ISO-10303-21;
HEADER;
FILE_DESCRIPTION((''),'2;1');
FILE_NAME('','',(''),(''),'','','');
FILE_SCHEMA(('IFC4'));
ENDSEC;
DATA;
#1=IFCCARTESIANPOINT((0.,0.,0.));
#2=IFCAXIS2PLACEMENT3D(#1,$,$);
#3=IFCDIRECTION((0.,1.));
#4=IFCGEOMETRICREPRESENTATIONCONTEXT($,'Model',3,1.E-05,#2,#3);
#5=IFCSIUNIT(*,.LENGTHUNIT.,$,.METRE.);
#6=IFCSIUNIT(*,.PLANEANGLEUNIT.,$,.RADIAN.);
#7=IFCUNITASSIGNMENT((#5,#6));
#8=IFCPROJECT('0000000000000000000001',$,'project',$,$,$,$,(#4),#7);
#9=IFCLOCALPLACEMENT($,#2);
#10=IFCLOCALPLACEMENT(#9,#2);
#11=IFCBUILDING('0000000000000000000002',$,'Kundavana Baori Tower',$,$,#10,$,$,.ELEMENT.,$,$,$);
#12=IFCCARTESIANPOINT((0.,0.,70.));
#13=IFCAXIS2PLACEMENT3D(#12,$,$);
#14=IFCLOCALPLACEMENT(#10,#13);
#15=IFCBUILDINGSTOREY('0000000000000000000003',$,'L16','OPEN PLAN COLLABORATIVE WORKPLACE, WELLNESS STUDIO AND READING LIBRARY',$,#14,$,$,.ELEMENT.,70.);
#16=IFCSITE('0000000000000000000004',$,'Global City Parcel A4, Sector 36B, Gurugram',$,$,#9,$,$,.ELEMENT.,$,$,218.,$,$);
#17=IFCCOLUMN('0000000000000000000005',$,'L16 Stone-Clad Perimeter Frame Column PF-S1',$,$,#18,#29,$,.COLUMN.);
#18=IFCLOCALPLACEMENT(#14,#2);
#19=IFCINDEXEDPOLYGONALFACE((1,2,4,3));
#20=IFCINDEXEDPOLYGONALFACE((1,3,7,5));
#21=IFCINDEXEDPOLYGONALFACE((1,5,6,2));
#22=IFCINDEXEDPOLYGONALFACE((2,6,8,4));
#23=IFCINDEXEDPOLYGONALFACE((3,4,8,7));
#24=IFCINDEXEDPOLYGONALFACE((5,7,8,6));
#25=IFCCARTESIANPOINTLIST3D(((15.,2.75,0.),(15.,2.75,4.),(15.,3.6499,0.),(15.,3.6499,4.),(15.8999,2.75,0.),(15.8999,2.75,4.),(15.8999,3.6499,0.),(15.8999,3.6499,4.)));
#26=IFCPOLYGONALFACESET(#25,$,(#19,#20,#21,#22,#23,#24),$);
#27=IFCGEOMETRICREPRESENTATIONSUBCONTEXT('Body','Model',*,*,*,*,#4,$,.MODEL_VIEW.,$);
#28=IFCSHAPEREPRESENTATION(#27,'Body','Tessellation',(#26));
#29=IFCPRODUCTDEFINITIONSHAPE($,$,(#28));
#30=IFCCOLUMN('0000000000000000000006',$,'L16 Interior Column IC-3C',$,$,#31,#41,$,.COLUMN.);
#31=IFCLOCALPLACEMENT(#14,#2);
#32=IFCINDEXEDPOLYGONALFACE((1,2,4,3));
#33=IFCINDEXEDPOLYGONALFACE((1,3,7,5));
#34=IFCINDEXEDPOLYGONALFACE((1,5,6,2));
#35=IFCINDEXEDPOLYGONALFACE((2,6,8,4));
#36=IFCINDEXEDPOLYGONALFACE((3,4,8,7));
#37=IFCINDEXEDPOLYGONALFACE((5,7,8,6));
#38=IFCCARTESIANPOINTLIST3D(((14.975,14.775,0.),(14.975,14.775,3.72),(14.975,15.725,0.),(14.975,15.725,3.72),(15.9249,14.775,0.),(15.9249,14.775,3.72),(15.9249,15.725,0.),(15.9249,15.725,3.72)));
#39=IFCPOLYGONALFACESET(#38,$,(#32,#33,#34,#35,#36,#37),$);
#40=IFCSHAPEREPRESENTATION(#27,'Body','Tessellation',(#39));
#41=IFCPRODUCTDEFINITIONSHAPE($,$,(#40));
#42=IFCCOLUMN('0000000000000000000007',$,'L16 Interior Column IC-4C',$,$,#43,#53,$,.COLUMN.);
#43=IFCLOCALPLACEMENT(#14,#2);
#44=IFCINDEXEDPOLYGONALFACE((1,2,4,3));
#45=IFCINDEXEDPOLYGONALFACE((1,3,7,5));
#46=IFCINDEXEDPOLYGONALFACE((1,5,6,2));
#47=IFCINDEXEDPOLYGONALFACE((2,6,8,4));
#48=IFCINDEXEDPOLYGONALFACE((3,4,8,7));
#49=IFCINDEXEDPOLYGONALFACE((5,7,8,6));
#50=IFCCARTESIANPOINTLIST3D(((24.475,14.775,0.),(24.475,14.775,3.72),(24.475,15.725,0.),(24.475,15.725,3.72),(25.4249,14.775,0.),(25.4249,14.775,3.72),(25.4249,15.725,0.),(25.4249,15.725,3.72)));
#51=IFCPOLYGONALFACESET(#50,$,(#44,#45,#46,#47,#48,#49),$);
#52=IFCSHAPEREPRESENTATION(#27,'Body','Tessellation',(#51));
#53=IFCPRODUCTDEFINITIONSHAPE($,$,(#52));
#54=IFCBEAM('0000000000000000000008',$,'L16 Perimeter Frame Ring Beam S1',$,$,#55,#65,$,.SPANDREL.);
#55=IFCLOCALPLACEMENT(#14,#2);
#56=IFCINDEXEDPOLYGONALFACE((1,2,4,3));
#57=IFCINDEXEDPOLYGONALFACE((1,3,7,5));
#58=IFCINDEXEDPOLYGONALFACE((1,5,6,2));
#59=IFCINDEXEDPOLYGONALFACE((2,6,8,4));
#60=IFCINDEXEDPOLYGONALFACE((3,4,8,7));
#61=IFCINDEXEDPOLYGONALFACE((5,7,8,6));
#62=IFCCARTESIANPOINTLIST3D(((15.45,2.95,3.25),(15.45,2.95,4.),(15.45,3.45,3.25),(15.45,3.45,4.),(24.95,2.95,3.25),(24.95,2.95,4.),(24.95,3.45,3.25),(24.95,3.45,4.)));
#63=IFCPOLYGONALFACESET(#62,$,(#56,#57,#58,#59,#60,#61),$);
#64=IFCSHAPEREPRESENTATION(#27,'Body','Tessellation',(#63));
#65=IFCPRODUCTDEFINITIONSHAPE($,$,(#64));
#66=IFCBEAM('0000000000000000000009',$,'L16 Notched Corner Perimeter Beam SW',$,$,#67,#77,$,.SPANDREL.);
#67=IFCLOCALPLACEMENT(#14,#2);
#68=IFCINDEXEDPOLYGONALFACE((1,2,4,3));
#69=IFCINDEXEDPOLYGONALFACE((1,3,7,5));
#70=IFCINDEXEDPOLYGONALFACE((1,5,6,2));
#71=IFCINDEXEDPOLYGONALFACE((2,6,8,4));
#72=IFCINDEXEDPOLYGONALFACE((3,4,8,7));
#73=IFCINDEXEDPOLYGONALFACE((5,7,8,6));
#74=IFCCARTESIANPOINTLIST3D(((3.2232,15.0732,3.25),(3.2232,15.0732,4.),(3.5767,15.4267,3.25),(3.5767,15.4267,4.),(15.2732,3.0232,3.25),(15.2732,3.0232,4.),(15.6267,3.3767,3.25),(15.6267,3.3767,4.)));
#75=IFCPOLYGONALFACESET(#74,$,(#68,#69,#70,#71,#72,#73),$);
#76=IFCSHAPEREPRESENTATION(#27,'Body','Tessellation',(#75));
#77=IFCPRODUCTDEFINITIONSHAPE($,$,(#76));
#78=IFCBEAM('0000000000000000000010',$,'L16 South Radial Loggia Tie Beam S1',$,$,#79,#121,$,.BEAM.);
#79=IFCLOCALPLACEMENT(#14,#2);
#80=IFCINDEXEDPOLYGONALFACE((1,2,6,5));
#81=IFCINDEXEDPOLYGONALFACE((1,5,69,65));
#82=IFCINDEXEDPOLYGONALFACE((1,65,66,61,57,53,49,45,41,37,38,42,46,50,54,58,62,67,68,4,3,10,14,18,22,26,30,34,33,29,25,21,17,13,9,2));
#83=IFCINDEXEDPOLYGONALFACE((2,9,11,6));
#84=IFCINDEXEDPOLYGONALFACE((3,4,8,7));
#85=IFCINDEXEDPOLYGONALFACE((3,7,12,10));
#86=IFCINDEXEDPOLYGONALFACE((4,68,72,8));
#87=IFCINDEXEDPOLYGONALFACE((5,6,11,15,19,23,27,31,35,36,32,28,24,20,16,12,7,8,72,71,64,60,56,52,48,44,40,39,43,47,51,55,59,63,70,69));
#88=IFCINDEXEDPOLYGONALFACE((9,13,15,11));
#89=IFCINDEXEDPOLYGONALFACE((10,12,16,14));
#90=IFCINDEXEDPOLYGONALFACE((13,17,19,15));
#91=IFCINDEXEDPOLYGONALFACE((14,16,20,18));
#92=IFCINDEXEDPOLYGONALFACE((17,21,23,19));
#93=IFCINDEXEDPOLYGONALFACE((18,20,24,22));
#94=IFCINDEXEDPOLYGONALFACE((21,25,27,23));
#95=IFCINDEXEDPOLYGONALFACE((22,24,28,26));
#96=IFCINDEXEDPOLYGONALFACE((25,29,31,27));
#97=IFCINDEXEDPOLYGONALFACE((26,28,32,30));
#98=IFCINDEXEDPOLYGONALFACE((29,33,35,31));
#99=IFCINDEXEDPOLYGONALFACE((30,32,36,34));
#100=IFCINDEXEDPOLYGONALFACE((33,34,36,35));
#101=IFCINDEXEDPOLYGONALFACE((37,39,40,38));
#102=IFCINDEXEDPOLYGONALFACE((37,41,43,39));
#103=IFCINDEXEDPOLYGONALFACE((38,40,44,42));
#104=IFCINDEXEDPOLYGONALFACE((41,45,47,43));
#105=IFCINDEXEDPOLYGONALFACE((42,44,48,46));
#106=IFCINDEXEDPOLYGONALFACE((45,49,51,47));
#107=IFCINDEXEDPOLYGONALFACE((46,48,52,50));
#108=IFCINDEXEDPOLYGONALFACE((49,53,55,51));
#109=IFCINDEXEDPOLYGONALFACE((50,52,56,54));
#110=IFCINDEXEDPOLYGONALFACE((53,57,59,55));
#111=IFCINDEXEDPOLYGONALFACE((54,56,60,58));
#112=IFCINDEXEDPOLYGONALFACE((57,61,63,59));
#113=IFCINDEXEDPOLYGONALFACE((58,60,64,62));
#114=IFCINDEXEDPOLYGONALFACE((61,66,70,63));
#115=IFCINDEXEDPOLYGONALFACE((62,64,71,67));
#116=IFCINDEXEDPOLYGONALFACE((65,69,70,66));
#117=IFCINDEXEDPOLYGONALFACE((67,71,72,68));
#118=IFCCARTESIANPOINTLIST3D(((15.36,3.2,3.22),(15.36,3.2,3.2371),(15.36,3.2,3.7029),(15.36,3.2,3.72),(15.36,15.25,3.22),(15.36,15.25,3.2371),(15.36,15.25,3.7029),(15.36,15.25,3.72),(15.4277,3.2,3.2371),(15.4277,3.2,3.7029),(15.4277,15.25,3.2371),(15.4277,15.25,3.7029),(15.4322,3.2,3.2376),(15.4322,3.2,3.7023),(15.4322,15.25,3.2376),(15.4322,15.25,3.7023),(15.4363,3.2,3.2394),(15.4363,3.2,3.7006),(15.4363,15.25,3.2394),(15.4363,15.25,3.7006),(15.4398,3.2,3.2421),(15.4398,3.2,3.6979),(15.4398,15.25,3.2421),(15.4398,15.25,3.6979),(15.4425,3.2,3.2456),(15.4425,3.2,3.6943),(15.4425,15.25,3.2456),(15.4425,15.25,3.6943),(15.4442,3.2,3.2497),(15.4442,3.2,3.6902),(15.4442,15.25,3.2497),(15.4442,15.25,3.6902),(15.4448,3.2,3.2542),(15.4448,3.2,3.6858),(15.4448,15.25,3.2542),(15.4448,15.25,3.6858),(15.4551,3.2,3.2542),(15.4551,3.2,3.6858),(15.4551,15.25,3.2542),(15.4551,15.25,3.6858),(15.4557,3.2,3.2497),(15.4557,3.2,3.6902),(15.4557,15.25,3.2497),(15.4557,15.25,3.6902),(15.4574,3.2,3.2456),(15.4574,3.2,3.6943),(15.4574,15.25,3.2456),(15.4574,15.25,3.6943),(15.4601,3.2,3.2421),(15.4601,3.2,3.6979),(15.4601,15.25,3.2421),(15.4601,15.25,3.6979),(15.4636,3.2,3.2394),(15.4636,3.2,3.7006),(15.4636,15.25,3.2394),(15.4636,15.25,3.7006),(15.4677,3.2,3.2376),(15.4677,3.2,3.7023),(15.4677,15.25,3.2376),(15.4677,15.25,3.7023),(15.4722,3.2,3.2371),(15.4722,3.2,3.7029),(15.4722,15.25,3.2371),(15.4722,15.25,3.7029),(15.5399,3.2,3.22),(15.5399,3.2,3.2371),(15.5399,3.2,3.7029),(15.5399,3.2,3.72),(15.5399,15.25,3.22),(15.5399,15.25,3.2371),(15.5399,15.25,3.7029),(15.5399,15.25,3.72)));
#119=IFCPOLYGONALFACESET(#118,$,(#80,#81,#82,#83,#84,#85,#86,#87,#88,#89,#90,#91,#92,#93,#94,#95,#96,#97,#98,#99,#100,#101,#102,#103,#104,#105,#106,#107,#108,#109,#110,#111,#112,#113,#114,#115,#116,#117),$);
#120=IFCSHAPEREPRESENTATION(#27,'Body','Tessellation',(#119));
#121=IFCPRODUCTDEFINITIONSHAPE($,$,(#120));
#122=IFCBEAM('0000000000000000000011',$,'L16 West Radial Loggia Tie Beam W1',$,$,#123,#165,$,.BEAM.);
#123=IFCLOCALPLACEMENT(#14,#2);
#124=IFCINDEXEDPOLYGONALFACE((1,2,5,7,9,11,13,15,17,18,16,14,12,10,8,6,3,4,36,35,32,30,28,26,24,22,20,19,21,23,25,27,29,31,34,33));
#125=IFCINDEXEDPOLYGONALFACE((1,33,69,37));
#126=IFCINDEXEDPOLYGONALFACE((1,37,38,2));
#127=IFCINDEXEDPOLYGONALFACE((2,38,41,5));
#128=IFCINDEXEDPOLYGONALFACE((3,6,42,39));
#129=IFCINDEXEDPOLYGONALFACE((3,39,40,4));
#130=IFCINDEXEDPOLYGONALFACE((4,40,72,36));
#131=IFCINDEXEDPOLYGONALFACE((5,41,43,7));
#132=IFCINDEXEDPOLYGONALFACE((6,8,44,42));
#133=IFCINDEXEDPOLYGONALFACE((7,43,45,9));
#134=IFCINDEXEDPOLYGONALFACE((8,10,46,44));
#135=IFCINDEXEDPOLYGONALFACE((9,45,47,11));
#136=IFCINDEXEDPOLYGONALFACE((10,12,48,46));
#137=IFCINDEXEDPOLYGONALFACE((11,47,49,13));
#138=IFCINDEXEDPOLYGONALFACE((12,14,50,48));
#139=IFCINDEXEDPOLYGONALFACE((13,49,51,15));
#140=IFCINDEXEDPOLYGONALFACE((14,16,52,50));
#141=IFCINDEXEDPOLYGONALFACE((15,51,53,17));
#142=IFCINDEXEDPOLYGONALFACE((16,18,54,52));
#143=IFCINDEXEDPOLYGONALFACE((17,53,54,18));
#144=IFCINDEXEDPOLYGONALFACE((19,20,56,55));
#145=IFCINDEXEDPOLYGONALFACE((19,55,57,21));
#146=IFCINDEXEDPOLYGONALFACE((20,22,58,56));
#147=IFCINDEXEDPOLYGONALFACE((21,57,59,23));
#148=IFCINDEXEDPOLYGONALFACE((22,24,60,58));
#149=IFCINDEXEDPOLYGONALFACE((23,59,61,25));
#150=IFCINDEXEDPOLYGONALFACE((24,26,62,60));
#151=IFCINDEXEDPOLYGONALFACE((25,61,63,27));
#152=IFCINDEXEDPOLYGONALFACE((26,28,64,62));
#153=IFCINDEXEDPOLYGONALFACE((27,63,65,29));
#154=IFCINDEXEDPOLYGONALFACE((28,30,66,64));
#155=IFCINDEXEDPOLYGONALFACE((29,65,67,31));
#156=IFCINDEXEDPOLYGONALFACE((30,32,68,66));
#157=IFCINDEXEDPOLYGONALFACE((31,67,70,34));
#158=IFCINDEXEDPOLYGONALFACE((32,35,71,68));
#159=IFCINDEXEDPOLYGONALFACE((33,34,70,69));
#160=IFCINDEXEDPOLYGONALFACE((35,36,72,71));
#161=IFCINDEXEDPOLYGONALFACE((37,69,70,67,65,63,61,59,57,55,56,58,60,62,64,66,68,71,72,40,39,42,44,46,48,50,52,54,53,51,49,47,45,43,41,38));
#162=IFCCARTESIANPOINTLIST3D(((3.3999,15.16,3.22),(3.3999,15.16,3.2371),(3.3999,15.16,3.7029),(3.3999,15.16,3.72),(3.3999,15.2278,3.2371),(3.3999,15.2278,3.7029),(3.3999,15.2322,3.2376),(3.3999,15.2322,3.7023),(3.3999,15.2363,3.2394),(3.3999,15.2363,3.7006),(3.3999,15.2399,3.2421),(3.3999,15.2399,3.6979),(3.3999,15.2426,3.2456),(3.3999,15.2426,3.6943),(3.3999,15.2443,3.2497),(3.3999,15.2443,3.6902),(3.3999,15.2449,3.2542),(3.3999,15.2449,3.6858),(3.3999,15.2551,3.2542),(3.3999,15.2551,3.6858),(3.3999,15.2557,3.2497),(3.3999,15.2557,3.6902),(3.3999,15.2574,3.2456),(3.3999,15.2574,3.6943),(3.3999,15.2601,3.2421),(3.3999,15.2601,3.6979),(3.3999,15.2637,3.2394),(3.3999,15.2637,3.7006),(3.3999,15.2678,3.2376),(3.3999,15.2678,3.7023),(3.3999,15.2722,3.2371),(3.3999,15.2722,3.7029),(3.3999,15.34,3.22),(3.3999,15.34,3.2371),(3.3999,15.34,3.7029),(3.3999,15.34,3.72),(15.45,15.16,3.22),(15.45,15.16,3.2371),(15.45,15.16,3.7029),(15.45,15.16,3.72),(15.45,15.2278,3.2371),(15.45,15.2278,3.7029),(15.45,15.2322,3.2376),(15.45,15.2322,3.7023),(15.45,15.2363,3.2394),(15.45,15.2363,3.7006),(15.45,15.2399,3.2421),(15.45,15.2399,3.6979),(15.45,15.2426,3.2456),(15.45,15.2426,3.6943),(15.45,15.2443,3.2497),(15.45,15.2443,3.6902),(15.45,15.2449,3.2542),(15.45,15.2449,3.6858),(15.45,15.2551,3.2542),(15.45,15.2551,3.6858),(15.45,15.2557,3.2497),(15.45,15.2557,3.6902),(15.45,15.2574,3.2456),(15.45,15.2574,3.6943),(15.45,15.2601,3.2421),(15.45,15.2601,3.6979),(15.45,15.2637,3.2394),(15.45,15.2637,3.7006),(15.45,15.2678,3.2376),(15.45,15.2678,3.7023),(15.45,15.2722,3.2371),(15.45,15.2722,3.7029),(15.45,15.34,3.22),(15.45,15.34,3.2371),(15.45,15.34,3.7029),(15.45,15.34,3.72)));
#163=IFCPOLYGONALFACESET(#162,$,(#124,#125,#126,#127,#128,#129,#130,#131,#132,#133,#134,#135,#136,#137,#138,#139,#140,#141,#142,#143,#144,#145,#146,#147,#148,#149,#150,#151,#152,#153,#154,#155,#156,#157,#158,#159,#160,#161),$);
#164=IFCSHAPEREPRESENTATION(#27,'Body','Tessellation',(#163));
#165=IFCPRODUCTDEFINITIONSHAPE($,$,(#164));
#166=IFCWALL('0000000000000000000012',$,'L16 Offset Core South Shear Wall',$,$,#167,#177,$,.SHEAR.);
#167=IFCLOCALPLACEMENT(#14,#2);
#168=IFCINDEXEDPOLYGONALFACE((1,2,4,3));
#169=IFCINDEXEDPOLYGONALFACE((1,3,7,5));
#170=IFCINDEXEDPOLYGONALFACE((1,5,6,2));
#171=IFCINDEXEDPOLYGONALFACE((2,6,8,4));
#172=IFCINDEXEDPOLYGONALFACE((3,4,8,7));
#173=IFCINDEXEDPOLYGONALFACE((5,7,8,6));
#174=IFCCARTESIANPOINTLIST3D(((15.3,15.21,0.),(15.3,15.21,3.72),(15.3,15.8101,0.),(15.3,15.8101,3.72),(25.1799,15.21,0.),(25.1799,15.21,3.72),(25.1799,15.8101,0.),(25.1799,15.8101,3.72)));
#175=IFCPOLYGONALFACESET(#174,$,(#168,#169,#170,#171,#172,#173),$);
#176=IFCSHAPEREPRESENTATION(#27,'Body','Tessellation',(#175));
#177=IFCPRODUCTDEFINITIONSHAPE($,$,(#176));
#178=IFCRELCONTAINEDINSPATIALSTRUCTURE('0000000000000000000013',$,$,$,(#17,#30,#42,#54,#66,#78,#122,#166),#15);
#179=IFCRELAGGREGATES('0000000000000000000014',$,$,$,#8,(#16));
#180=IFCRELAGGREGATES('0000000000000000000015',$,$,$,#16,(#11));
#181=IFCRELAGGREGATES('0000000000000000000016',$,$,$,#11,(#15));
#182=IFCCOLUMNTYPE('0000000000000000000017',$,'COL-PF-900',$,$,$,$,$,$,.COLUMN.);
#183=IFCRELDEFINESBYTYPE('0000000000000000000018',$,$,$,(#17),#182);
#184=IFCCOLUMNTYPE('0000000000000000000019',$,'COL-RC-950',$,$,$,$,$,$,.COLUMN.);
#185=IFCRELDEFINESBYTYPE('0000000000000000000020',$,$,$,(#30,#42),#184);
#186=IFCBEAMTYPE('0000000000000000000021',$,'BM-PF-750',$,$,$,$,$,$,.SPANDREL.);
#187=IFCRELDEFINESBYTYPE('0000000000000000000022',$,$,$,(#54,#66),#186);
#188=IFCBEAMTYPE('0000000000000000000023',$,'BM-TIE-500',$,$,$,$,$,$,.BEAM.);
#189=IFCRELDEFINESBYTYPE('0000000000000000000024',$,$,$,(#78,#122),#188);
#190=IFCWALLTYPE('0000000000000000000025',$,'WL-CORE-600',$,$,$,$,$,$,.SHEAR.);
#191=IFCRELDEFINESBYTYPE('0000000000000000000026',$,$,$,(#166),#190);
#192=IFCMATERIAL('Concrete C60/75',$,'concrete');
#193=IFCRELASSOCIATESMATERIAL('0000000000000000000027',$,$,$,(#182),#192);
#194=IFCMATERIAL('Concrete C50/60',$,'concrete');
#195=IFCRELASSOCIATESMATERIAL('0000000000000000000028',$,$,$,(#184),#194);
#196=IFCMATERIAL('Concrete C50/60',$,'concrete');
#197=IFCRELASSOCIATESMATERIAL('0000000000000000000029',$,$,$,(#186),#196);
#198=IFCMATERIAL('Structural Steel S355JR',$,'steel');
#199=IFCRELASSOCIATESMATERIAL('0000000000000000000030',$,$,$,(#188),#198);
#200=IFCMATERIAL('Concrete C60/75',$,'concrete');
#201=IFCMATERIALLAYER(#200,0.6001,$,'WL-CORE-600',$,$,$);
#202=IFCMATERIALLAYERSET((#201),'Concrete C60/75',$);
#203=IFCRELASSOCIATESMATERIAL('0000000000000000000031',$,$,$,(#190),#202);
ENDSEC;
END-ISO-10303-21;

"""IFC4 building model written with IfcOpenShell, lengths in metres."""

from ifc_helpers import new_model, si_unit, direction, frame, frame_2d, origin, origin_2d, place, context, subcontext, project, spatial, rectangle, i_section, extrude, material, layer, layer_set, material_profile, profile_set, type_object, element, save


model = new_model("IFC4")

# Units and contexts
model_context = context("Model", 3, precision=1e-05, world=origin(), true_north=direction((0.0, 1.0)))
body_context = subcontext(model_context, "Body", "Model", "MODEL_VIEW")
ifc_project = project(units=[si_unit("LENGTHUNIT", "METRE"), si_unit("PLANEANGLEUNIT", "RADIAN")], contexts=[model_context])

# Site, building, storey
site_placement = place(None, origin())
site = spatial("IfcSite", under=ifc_project, at=site_placement, Name="Global City Parcel A4, Sector 36B, Gurugram", CompositionType="ELEMENT", RefElevation=218.0)
building_placement = place(site_placement, origin())
building = spatial("IfcBuilding", under=site, at=building_placement, Name="Kundavana Baori Tower", CompositionType="ELEMENT")
storey_placement = place(building_placement, frame((0.0, 0.0, 70.0)))
storey = spatial("IfcBuildingStorey", under=building, at=storey_placement, Name="L16", Description="OPEN PLAN COLLABORATIVE WORKPLACE, WELLNESS STUDIO AND READING LIBRARY", CompositionType="ELEMENT", Elevation=70.0)

# Columns
ifc_material_1 = material(Name="Concrete C60/75", Category="concrete")
ifc_material_profile_1 = material_profile(ifc_material_1, rectangle(XDim=0.8999, YDim=0.8999, at=origin_2d()), Name="RC PF 900x900")
ifc_profile_set_1 = profile_set([ifc_material_profile_1], Name="Concrete C60/75")
column_type_1 = type_object("IfcColumnType", Name="COL-PF-900", PredefinedType="COLUMN", material=ifc_profile_set_1)
column_placement = place(storey_placement, frame((15.45, 3.2, 0.0), z_axis=(0.0, 0.0, 1.0), x_axis=(1.0, 0.0, 0.0)))
element("IfcColumn", 1, at=column_placement, inside=storey, type_object=column_type_1, Name="L16 Stone-Clad Perimeter Frame Column PF-S1", PredefinedType="COLUMN", context=body_context, shape_type="SweptSolid", body=[
    extrude(rectangle(XDim=0.8999, YDim=0.8999, at=origin_2d()), origin(), (0.0, 0.0, 1.0), 4.0),
])
ifc_material_2 = material(Name="Concrete C50/60", Category="concrete")
ifc_material_profile_2 = material_profile(ifc_material_2, rectangle(XDim=0.95, YDim=0.95, at=origin_2d()), Name="RC 950x950")
ifc_profile_set_2 = profile_set([ifc_material_profile_2], Name="Concrete C50/60")
column_type_2 = type_object("IfcColumnType", Name="COL-RC-950", PredefinedType="COLUMN", material=ifc_profile_set_2)
for number, where, z_axis, x_axis, name in (
    (2, (15.45, 15.25, 0.0), (0.0, 0.0, 1.0), (1.0, 0.0, 0.0), "L16 Interior Column IC-3C"),
    (3, (24.95, 15.25, 0.0), (0.0, 0.0, 1.0), (1.0, 0.0, 0.0), "L16 Interior Column IC-4C"),
):
    element("IfcColumn", number, at=place(storey_placement, frame(where, z_axis=z_axis, x_axis=x_axis)), inside=storey, type_object=column_type_2, Name=name, PredefinedType="COLUMN", context=body_context, shape_type="SweptSolid", body=[
        extrude(rectangle(XDim=0.95, YDim=0.95, at=origin_2d()), origin(), (0.0, 0.0, 1.0), 3.72),
    ])

# Beams
ifc_material_3 = material(Name="Concrete C50/60", Category="concrete")
ifc_material_profile_3 = material_profile(ifc_material_3, rectangle(XDim=0.5, YDim=0.75, at=origin_2d()), Name="RC BM 500x750")
ifc_profile_set_3 = profile_set([ifc_material_profile_3], Name="Concrete C50/60")
beam_type_1 = type_object("IfcBeamType", Name="BM-PF-750", PredefinedType="SPANDREL", material=ifc_profile_set_3)
beam_1_placement = place(storey_placement, frame((15.45, 3.2, 3.625), z_axis=(1.0, 0.0, 0.0), x_axis=(0.0, 1.0, 0.0)))
element("IfcBeam", 4, at=beam_1_placement, inside=storey, type_object=beam_type_1, Name="L16 Perimeter Frame Ring Beam S1", PredefinedType="SPANDREL", context=body_context, shape_type="SweptSolid", body=[
    extrude(rectangle(XDim=0.5, YDim=0.75, at=origin_2d()), origin(), (0.0, 0.0, 1.0), 9.5),
])
beam_2_placement = place(storey_placement, frame((15.45, 3.2, 3.625), z_axis=(-0.707107, 0.707107, 0.0), x_axis=(-0.707107, -0.707107, 0.0)))
element("IfcBeam", 5, at=beam_2_placement, inside=storey, type_object=beam_type_1, Name="L16 Notched Corner Perimeter Beam SW", PredefinedType="SPANDREL", context=body_context, shape_type="SweptSolid", body=[
    extrude(rectangle(XDim=0.5, YDim=0.75, at=origin_2d()), origin(), (0.0, 0.0, 1.0), 17.0413),
])
ifc_material_4 = material(Name="Structural Steel S355JR", Category="steel")
ifc_material_profile_4 = material_profile(ifc_material_4, i_section(OverallWidth=0.1799, OverallDepth=0.5, WebThickness=0.0103, FlangeThickness=0.0171, FilletRadius=0.0171, at=origin_2d()), Name="ISMB 500")
ifc_profile_set_4 = profile_set([ifc_material_profile_4], Name="Structural Steel S355JR")
beam_type_2 = type_object("IfcBeamType", Name="BM-TIE-500", PredefinedType="BEAM", material=ifc_profile_set_4)
for number, where, z_axis, x_axis, name in (
    (6, (15.45, 15.25, 3.47), (0.0, -1.0, 0.0), (1.0, 0.0, 0.0), "L16 South Radial Loggia Tie Beam S1"),
    (7, (15.45, 15.25, 3.47), (-1.0, 0.0, 0.0), (0.0, -1.0, 0.0), "L16 West Radial Loggia Tie Beam W1"),
):
    element("IfcBeam", number, at=place(storey_placement, frame(where, z_axis=z_axis, x_axis=x_axis)), inside=storey, type_object=beam_type_2, Name=name, PredefinedType="BEAM", context=body_context, shape_type="SweptSolid", body=[
        extrude(i_section(OverallWidth=0.1799, OverallDepth=0.5, WebThickness=0.0103, FlangeThickness=0.0171, FilletRadius=0.0171, at=origin_2d()), origin(), (0.0, 0.0, 1.0), 12.05),
    ])

# Wall
ifc_material_5 = material(Name="Concrete C60/75", Category="concrete")
ifc_layer_1 = layer(ifc_material_5, 0.6001, Name="WL-CORE-600")
ifc_layer_set_1 = layer_set([ifc_layer_1], Name="Concrete C60/75")
wall_type_1 = type_object("IfcWallType", Name="WL-CORE-600", PredefinedType="SHEAR", material=ifc_layer_set_1)
wall_1_placement = place(storey_placement, frame((15.3, 15.51, 0.0), z_axis=(0.0, 0.0, 1.0), x_axis=(1.0, 0.0, 0.0)))
element("IfcWall", 8, at=wall_1_placement, inside=storey, type_object=wall_type_1, Name="L16 Offset Core South Shear Wall", PredefinedType="SHEAR", context=body_context, shape_type="SweptSolid", body=[
    extrude(rectangle(XDim=9.8799, YDim=0.6001, at=frame_2d((4.9399, 0.0))), origin(), (0.0, 0.0, 1.0), 3.72),
])

save(model, "model.ifc")
